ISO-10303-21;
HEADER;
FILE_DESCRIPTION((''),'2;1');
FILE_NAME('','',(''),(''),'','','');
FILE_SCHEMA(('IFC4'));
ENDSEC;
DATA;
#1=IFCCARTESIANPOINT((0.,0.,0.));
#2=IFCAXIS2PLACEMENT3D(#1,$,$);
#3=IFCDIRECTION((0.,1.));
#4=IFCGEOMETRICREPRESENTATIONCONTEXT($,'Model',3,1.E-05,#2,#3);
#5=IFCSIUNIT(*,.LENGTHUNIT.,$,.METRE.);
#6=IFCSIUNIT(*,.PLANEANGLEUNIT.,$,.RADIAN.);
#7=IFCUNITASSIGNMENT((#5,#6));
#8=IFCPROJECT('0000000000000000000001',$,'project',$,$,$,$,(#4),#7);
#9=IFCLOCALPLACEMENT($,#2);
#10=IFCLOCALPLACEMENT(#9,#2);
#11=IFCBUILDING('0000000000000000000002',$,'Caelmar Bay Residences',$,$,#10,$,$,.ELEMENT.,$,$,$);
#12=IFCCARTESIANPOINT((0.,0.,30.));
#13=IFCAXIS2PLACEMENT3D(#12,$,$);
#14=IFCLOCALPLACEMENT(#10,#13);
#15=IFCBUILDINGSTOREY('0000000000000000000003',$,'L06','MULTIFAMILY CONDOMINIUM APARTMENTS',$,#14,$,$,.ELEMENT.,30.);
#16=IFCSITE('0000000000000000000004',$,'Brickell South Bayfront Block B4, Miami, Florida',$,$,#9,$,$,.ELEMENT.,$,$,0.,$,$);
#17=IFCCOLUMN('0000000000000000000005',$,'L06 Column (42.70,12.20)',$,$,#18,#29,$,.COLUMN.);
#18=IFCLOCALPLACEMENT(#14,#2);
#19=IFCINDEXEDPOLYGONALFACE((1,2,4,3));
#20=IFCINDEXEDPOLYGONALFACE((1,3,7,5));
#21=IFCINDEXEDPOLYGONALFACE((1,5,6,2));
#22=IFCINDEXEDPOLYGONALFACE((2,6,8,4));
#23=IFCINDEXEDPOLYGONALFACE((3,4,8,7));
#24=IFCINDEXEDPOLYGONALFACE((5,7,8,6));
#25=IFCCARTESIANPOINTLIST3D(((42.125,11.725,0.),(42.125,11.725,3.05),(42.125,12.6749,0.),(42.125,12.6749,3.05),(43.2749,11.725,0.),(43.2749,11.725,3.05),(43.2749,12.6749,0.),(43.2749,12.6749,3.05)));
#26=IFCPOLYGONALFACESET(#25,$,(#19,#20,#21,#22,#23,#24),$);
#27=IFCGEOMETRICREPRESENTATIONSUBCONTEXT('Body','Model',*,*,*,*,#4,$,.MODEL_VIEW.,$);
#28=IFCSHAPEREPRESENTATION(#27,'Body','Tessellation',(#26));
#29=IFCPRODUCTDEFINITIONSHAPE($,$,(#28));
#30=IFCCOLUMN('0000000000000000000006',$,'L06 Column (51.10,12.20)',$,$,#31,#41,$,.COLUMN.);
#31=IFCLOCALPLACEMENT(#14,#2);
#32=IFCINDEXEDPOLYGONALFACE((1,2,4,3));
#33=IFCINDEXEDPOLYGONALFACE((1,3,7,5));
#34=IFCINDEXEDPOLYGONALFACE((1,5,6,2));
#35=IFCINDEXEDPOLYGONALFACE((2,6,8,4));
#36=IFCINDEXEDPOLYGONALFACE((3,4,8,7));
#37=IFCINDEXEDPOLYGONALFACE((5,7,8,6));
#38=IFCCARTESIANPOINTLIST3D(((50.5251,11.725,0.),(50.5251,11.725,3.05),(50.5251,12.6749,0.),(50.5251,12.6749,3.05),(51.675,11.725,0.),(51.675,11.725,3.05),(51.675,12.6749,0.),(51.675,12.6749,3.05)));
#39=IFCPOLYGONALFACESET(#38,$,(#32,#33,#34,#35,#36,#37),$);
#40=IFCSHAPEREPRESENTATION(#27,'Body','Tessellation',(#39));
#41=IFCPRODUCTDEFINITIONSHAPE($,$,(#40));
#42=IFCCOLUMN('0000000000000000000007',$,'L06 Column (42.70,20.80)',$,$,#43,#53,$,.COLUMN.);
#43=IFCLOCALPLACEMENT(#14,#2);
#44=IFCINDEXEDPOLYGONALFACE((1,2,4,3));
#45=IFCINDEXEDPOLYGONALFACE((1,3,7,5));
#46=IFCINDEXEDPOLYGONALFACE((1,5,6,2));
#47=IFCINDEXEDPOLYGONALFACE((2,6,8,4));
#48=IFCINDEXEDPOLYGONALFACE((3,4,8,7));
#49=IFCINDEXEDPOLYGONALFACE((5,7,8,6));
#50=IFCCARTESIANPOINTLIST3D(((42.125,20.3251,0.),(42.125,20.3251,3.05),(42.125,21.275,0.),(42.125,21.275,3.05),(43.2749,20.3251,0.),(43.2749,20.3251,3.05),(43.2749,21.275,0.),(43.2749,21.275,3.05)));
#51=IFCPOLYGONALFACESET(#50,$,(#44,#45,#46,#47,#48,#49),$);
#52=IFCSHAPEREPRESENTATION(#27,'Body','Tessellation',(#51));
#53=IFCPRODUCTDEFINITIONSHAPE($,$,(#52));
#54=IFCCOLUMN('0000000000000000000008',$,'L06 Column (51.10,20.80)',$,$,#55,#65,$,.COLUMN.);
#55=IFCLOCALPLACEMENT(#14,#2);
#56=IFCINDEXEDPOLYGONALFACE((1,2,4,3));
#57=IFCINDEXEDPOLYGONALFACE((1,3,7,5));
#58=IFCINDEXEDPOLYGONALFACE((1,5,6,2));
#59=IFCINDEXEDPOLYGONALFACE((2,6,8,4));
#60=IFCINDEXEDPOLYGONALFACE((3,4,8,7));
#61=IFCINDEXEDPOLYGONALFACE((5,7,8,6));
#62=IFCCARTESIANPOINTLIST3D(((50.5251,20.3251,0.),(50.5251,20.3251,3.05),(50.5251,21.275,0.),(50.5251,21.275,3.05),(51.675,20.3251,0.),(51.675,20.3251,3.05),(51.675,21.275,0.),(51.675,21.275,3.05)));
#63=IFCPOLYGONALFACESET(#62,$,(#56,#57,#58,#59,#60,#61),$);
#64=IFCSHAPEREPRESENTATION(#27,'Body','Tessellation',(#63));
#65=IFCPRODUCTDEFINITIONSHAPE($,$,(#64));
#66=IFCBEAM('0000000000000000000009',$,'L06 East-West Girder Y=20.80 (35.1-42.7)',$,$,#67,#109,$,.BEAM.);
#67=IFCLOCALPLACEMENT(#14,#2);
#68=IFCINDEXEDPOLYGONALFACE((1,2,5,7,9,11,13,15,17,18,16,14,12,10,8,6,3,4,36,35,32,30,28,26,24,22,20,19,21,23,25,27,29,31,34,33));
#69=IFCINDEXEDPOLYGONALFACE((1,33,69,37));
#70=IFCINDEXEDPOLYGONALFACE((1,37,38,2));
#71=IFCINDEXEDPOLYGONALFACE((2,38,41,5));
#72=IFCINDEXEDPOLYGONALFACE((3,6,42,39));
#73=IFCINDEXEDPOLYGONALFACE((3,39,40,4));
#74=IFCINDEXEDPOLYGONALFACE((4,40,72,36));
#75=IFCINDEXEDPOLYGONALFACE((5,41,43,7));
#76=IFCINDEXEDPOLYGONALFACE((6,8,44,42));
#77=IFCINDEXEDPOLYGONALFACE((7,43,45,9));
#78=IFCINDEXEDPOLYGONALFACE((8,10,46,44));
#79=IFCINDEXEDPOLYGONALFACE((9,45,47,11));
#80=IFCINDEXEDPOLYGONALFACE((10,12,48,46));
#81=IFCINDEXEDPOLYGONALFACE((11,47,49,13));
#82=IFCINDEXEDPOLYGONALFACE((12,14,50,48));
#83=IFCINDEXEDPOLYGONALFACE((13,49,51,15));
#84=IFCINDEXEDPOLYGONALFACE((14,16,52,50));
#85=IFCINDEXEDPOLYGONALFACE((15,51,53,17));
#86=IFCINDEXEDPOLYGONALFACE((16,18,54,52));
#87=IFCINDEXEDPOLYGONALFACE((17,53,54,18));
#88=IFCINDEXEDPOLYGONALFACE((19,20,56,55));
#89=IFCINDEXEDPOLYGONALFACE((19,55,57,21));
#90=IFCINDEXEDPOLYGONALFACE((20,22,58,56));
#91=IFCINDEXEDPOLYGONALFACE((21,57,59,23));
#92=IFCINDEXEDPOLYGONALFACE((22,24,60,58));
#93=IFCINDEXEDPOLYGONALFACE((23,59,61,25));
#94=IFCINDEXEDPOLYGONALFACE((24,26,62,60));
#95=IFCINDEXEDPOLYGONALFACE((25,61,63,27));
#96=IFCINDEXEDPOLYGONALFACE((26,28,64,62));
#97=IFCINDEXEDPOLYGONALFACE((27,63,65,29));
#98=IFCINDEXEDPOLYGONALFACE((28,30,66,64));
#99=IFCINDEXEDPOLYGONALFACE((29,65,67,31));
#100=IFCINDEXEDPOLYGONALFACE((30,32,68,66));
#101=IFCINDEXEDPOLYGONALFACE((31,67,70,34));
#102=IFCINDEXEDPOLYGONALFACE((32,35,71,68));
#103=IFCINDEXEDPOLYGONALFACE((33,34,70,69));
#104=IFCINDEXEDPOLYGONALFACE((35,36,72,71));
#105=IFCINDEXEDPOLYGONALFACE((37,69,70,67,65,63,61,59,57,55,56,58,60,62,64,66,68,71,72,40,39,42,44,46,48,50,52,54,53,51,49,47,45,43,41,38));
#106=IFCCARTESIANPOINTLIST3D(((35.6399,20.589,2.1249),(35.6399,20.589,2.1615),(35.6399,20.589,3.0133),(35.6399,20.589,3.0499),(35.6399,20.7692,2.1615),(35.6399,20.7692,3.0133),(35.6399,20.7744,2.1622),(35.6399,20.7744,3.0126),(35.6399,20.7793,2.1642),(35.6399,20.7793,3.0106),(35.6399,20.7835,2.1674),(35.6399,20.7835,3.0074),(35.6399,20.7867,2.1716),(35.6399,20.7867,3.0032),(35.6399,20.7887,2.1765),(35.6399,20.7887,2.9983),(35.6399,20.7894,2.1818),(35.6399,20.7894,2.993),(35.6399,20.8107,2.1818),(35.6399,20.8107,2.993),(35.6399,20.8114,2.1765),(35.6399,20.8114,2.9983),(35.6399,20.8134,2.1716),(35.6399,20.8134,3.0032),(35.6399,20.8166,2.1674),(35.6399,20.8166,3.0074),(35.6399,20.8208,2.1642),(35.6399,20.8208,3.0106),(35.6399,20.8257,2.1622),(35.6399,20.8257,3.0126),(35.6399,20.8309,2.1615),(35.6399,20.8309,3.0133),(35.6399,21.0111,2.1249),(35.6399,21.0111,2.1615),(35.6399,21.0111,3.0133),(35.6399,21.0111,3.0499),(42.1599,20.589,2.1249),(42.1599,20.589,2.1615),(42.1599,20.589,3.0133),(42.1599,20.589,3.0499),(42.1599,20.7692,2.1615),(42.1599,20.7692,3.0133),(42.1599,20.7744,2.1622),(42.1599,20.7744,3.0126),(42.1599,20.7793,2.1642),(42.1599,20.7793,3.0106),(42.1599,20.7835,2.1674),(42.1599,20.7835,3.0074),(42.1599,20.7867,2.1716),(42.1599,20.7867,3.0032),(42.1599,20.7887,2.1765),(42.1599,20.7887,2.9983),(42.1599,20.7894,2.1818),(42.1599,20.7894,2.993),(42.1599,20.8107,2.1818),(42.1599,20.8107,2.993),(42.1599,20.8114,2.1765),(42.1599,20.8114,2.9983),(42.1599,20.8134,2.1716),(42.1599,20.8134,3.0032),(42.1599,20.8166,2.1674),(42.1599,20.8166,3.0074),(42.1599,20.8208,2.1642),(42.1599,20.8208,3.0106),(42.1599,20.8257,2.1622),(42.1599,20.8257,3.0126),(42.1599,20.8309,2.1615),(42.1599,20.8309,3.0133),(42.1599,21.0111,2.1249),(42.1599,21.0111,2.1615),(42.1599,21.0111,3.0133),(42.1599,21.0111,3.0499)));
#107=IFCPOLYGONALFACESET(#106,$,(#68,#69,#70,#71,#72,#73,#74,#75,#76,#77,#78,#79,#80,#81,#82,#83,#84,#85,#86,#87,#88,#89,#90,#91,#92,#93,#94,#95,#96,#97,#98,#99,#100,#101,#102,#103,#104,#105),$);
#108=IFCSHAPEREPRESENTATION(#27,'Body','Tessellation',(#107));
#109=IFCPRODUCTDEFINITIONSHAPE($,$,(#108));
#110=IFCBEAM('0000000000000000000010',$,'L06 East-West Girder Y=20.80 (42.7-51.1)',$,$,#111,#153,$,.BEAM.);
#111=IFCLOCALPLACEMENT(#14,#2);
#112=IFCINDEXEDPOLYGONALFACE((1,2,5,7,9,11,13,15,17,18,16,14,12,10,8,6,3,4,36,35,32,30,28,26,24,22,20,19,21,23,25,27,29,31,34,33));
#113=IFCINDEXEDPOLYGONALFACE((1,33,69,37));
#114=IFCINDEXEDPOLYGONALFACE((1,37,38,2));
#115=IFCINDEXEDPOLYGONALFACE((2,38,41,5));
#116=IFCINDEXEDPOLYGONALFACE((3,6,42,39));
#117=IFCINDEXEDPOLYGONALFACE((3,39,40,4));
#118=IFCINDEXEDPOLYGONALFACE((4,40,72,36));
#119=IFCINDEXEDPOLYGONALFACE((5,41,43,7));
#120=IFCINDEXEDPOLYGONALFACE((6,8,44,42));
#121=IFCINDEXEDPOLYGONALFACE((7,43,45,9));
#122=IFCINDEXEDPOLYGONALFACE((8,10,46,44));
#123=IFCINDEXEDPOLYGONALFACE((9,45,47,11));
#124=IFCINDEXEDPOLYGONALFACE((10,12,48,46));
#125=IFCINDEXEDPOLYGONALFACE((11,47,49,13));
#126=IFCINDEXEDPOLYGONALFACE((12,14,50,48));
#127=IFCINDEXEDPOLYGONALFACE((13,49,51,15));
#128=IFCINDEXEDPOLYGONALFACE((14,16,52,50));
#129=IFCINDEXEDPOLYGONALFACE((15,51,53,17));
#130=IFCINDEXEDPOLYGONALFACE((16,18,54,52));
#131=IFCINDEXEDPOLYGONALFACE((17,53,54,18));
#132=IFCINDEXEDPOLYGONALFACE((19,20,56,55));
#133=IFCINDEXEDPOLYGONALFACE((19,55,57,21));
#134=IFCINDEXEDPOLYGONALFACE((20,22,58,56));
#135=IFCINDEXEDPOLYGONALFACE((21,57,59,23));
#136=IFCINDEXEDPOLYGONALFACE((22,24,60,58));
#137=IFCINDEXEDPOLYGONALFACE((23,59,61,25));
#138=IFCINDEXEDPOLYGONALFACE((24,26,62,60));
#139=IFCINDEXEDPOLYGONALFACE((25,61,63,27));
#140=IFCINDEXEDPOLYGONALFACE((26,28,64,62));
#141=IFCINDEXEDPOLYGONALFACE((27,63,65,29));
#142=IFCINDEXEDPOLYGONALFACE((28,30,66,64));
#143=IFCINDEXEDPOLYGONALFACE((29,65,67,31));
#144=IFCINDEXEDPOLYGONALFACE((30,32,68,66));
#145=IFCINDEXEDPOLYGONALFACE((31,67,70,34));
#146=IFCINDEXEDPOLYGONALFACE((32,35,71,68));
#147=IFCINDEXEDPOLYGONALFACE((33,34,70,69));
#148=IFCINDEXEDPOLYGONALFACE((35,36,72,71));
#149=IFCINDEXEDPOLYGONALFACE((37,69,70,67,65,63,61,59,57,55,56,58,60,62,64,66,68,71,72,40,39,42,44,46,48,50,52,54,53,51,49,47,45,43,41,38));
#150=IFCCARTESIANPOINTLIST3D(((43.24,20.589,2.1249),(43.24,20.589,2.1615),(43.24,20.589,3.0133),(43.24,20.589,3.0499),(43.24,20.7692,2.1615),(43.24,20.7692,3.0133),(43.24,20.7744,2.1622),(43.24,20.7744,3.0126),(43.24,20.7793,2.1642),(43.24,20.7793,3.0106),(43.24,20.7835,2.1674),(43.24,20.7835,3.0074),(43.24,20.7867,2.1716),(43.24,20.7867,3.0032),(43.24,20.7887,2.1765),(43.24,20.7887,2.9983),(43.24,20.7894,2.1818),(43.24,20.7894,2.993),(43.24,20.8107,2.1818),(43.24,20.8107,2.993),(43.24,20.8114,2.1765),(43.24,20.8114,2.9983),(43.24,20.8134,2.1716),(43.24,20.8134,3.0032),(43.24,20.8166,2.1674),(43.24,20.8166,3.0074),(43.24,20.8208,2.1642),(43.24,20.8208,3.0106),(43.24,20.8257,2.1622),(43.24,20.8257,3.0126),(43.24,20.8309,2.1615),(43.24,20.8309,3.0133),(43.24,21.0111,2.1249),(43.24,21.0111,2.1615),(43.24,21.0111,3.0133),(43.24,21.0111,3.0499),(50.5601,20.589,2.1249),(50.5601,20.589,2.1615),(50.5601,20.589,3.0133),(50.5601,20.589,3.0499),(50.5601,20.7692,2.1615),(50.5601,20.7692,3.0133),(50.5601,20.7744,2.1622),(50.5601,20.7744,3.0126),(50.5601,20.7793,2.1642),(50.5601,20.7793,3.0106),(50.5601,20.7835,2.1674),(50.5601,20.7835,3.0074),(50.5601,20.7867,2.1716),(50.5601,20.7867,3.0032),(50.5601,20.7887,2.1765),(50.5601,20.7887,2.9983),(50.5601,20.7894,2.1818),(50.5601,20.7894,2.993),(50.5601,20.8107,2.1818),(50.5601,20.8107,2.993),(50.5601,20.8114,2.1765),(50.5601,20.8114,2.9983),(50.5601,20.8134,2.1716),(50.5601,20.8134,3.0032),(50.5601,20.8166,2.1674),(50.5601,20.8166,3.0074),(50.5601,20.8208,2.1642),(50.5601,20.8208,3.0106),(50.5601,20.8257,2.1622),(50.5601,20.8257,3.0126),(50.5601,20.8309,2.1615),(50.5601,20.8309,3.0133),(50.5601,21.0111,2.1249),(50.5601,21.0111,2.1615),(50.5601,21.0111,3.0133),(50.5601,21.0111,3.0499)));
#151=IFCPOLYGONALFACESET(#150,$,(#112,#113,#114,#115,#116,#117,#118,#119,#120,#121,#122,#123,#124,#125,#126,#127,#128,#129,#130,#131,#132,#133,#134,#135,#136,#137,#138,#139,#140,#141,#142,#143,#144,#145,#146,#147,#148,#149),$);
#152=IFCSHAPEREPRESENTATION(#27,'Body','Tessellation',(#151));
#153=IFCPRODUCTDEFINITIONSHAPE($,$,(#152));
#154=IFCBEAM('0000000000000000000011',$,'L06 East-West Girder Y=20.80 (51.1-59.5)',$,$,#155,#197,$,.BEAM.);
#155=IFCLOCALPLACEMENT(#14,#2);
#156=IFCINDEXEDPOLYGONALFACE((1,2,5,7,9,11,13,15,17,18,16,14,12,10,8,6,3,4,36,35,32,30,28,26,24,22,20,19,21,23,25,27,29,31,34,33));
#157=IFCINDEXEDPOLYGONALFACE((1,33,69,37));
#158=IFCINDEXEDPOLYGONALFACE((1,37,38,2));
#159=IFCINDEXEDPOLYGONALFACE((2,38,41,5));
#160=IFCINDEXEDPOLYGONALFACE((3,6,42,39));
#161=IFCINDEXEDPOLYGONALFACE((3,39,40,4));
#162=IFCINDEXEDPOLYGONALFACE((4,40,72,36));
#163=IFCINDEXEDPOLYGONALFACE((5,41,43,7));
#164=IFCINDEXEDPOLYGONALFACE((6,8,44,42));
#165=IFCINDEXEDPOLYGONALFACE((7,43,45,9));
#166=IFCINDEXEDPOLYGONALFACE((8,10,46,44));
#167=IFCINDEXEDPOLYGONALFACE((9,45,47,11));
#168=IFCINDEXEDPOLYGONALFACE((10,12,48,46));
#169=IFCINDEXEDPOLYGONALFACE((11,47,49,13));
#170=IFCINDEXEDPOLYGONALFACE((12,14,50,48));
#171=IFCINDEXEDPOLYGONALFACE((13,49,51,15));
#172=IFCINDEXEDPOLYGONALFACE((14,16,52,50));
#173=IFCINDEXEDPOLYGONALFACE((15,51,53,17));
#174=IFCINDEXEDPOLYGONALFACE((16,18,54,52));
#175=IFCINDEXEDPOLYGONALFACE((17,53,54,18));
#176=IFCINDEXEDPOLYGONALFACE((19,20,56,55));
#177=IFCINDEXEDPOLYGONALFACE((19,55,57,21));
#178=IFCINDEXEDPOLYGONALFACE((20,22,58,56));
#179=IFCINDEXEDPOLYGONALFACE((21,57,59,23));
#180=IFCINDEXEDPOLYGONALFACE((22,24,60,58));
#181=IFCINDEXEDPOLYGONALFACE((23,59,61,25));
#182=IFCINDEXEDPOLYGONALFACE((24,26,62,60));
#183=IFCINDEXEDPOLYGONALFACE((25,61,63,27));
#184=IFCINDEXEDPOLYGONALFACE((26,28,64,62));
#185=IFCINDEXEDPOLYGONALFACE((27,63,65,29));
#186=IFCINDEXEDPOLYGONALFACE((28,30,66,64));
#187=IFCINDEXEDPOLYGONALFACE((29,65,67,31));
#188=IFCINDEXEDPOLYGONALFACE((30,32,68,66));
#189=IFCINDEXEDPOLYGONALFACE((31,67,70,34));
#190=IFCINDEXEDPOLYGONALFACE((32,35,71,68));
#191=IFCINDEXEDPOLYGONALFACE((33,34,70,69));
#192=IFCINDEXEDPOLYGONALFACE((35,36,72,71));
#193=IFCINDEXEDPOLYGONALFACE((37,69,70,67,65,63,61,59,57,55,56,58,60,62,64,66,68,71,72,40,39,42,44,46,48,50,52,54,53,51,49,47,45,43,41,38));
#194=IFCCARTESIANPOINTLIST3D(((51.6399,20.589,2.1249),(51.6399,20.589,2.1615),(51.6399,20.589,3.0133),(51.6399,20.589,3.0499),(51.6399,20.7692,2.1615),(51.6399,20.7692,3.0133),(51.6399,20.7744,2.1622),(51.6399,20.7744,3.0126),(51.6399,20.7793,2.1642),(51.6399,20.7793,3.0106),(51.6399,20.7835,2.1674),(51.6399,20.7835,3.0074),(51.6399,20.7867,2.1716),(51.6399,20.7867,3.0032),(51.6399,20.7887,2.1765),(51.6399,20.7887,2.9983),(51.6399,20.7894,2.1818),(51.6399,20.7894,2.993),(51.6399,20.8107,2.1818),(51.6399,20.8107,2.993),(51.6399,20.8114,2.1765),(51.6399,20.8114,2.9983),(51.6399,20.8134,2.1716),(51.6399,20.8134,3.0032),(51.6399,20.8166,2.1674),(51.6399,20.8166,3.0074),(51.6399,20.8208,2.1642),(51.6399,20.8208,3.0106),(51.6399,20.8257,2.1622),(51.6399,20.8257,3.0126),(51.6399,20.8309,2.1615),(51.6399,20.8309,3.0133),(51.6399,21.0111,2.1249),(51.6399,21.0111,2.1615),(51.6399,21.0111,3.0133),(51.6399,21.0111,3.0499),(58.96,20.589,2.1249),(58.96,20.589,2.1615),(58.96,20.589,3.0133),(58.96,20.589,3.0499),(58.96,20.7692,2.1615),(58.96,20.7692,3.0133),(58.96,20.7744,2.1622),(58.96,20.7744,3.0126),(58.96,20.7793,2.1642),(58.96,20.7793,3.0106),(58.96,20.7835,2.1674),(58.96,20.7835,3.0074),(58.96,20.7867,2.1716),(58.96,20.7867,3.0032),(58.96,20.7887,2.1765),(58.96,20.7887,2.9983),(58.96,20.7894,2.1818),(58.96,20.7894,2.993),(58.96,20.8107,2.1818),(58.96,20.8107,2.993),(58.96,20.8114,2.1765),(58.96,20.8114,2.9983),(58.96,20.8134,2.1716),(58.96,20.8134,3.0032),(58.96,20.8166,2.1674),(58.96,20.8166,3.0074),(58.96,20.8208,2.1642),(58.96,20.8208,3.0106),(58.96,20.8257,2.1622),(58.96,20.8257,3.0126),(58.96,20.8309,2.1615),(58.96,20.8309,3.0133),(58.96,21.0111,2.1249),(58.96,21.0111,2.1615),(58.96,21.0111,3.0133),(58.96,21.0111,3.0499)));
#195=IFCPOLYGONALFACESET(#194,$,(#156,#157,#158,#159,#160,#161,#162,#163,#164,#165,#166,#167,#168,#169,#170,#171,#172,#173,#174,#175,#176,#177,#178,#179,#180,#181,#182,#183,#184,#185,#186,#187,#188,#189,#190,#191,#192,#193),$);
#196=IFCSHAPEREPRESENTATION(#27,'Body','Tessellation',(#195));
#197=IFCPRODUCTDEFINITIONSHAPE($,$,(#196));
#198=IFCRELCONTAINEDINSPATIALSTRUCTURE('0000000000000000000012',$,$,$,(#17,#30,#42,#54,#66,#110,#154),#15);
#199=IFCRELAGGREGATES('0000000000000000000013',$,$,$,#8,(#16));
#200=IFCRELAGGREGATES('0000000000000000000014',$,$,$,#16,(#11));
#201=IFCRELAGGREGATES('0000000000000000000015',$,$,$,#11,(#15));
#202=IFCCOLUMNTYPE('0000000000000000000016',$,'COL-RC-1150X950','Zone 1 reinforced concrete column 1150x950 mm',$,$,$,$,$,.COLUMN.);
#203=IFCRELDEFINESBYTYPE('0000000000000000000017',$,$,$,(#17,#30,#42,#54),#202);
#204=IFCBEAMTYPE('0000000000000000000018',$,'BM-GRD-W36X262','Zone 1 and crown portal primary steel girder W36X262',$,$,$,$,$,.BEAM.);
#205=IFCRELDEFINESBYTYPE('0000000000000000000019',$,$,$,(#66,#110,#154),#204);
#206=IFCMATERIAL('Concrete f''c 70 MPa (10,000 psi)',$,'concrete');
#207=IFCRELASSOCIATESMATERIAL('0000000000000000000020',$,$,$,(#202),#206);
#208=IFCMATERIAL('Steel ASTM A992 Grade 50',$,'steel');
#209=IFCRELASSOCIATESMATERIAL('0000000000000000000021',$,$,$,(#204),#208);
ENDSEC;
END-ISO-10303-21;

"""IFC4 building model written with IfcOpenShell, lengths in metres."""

from ifc_helpers import new_model, si_unit, direction, frame, origin, origin_2d, place, context, subcontext, project, spatial, rectangle, i_section, extrude, material, material_profile, profile_set, type_object, element, save


model = new_model("IFC4")

# Units and contexts
model_context = context("Model", 3, precision=1e-05, world=origin(), true_north=direction((0.0, 1.0)))
body_context = subcontext(model_context, "Body", "Model", "MODEL_VIEW")
ifc_project = project(units=[si_unit("LENGTHUNIT", "METRE"), si_unit("PLANEANGLEUNIT", "RADIAN")], contexts=[model_context])

# Site, building, storey
site_placement = place(None, origin())
site = spatial("IfcSite", under=ifc_project, at=site_placement, Name="Brickell South Bayfront Block B4, Miami, Florida", CompositionType="ELEMENT", RefElevation=0.0)
building_placement = place(site_placement, origin())
building = spatial("IfcBuilding", under=site, at=building_placement, Name="Caelmar Bay Residences", CompositionType="ELEMENT")
storey_placement = place(building_placement, frame((0.0, 0.0, 30.0)))
storey = spatial("IfcBuildingStorey", under=building, at=storey_placement, Name="L06", Description="MULTIFAMILY CONDOMINIUM APARTMENTS", CompositionType="ELEMENT", Elevation=30.0)

# Columns
ifc_material_1 = material(Name="Concrete f'c 70 MPa (10,000 psi)", Category="concrete")
ifc_material_profile_1 = material_profile(ifc_material_1, rectangle(XDim=1.1499, YDim=0.95, at=origin_2d()), Name="RC-COL-1150X950")
ifc_profile_set_1 = profile_set([ifc_material_profile_1], Name="Concrete f'c 70 MPa (10,000 psi)")
column_type = type_object("IfcColumnType", Name="COL-RC-1150X950", Description="Zone 1 reinforced concrete column 1150x950 mm", PredefinedType="COLUMN", material=ifc_profile_set_1)
for number, where, z_axis, x_axis, name in (
    (1, (42.7, 12.2, 0.0), (0.0, 0.0, 1.0), (1.0, 0.0, 0.0), "L06 Column (42.70,12.20)"),
    (2, (51.1001, 12.2, 0.0), (0.0, 0.0, 1.0), (1.0, 0.0, 0.0), "L06 Column (51.10,12.20)"),
    (3, (42.7, 20.8, 0.0), (0.0, 0.0, 1.0), (1.0, 0.0, 0.0), "L06 Column (42.70,20.80)"),
    (4, (51.1001, 20.8, 0.0), (0.0, 0.0, 1.0), (1.0, 0.0, 0.0), "L06 Column (51.10,20.80)"),
):
    element("IfcColumn", number, at=place(storey_placement, frame(where, z_axis=z_axis, x_axis=x_axis)), inside=storey, type_object=column_type, Name=name, PredefinedType="COLUMN", context=body_context, shape_type="SweptSolid", body=[
        extrude(rectangle(XDim=1.1499, YDim=0.95, at=origin_2d()), origin(), (0.0, 0.0, 1.0), 3.05),
    ])

# Beams
ifc_material_2 = material(Name="Steel ASTM A992 Grade 50", Category="steel")
ifc_material_profile_2 = material_profile(ifc_material_2, i_section(OverallWidth=0.4221, OverallDepth=0.925, WebThickness=0.0212, FlangeThickness=0.0366, FilletRadius=0.0203, at=origin_2d()), Name="W36X262")
ifc_profile_set_2 = profile_set([ifc_material_profile_2], Name="Steel ASTM A992 Grade 50")
beam_type_1 = type_object("IfcBeamType", Name="BM-GRD-W36X262", Description="Zone 1 and crown portal primary steel girder W36X262", PredefinedType="BEAM", material=ifc_profile_set_2)
beam_1_placement = place(storey_placement, frame((35.6399, 20.8, 2.5874), z_axis=(1.0, 0.0, 0.0), x_axis=(0.0, 1.0, 0.0)))
element("IfcBeam", 5, at=beam_1_placement, inside=storey, type_object=beam_type_1, Name="L06 East-West Girder Y=20.80 (35.1-42.7)", PredefinedType="BEAM", context=body_context, shape_type="SweptSolid", body=[
    extrude(i_section(OverallWidth=0.4221, OverallDepth=0.925, WebThickness=0.0212, FlangeThickness=0.0366, FilletRadius=0.0203, at=origin_2d()), origin(), (0.0, 0.0, 1.0), 6.52),
])
for number, where, z_axis, x_axis, name in (
    (6, (43.24, 20.8, 2.5874), (1.0, 0.0, 0.0), (0.0, 1.0, 0.0), "L06 East-West Girder Y=20.80 (42.7-51.1)"),
    (7, (51.6399, 20.8, 2.5874), (1.0, 0.0, 0.0), (0.0, 1.0, 0.0), "L06 East-West Girder Y=20.80 (51.1-59.5)"),
):
    element("IfcBeam", number, at=place(storey_placement, frame(where, z_axis=z_axis, x_axis=x_axis)), inside=storey, type_object=beam_type_1, Name=name, PredefinedType="BEAM", context=body_context, shape_type="SweptSolid", body=[
        extrude(i_section(OverallWidth=0.4221, OverallDepth=0.925, WebThickness=0.0212, FlangeThickness=0.0366, FilletRadius=0.0203, at=origin_2d()), origin(), (0.0, 0.0, 1.0), 7.3201),
    ])

save(model, "model.ifc")
